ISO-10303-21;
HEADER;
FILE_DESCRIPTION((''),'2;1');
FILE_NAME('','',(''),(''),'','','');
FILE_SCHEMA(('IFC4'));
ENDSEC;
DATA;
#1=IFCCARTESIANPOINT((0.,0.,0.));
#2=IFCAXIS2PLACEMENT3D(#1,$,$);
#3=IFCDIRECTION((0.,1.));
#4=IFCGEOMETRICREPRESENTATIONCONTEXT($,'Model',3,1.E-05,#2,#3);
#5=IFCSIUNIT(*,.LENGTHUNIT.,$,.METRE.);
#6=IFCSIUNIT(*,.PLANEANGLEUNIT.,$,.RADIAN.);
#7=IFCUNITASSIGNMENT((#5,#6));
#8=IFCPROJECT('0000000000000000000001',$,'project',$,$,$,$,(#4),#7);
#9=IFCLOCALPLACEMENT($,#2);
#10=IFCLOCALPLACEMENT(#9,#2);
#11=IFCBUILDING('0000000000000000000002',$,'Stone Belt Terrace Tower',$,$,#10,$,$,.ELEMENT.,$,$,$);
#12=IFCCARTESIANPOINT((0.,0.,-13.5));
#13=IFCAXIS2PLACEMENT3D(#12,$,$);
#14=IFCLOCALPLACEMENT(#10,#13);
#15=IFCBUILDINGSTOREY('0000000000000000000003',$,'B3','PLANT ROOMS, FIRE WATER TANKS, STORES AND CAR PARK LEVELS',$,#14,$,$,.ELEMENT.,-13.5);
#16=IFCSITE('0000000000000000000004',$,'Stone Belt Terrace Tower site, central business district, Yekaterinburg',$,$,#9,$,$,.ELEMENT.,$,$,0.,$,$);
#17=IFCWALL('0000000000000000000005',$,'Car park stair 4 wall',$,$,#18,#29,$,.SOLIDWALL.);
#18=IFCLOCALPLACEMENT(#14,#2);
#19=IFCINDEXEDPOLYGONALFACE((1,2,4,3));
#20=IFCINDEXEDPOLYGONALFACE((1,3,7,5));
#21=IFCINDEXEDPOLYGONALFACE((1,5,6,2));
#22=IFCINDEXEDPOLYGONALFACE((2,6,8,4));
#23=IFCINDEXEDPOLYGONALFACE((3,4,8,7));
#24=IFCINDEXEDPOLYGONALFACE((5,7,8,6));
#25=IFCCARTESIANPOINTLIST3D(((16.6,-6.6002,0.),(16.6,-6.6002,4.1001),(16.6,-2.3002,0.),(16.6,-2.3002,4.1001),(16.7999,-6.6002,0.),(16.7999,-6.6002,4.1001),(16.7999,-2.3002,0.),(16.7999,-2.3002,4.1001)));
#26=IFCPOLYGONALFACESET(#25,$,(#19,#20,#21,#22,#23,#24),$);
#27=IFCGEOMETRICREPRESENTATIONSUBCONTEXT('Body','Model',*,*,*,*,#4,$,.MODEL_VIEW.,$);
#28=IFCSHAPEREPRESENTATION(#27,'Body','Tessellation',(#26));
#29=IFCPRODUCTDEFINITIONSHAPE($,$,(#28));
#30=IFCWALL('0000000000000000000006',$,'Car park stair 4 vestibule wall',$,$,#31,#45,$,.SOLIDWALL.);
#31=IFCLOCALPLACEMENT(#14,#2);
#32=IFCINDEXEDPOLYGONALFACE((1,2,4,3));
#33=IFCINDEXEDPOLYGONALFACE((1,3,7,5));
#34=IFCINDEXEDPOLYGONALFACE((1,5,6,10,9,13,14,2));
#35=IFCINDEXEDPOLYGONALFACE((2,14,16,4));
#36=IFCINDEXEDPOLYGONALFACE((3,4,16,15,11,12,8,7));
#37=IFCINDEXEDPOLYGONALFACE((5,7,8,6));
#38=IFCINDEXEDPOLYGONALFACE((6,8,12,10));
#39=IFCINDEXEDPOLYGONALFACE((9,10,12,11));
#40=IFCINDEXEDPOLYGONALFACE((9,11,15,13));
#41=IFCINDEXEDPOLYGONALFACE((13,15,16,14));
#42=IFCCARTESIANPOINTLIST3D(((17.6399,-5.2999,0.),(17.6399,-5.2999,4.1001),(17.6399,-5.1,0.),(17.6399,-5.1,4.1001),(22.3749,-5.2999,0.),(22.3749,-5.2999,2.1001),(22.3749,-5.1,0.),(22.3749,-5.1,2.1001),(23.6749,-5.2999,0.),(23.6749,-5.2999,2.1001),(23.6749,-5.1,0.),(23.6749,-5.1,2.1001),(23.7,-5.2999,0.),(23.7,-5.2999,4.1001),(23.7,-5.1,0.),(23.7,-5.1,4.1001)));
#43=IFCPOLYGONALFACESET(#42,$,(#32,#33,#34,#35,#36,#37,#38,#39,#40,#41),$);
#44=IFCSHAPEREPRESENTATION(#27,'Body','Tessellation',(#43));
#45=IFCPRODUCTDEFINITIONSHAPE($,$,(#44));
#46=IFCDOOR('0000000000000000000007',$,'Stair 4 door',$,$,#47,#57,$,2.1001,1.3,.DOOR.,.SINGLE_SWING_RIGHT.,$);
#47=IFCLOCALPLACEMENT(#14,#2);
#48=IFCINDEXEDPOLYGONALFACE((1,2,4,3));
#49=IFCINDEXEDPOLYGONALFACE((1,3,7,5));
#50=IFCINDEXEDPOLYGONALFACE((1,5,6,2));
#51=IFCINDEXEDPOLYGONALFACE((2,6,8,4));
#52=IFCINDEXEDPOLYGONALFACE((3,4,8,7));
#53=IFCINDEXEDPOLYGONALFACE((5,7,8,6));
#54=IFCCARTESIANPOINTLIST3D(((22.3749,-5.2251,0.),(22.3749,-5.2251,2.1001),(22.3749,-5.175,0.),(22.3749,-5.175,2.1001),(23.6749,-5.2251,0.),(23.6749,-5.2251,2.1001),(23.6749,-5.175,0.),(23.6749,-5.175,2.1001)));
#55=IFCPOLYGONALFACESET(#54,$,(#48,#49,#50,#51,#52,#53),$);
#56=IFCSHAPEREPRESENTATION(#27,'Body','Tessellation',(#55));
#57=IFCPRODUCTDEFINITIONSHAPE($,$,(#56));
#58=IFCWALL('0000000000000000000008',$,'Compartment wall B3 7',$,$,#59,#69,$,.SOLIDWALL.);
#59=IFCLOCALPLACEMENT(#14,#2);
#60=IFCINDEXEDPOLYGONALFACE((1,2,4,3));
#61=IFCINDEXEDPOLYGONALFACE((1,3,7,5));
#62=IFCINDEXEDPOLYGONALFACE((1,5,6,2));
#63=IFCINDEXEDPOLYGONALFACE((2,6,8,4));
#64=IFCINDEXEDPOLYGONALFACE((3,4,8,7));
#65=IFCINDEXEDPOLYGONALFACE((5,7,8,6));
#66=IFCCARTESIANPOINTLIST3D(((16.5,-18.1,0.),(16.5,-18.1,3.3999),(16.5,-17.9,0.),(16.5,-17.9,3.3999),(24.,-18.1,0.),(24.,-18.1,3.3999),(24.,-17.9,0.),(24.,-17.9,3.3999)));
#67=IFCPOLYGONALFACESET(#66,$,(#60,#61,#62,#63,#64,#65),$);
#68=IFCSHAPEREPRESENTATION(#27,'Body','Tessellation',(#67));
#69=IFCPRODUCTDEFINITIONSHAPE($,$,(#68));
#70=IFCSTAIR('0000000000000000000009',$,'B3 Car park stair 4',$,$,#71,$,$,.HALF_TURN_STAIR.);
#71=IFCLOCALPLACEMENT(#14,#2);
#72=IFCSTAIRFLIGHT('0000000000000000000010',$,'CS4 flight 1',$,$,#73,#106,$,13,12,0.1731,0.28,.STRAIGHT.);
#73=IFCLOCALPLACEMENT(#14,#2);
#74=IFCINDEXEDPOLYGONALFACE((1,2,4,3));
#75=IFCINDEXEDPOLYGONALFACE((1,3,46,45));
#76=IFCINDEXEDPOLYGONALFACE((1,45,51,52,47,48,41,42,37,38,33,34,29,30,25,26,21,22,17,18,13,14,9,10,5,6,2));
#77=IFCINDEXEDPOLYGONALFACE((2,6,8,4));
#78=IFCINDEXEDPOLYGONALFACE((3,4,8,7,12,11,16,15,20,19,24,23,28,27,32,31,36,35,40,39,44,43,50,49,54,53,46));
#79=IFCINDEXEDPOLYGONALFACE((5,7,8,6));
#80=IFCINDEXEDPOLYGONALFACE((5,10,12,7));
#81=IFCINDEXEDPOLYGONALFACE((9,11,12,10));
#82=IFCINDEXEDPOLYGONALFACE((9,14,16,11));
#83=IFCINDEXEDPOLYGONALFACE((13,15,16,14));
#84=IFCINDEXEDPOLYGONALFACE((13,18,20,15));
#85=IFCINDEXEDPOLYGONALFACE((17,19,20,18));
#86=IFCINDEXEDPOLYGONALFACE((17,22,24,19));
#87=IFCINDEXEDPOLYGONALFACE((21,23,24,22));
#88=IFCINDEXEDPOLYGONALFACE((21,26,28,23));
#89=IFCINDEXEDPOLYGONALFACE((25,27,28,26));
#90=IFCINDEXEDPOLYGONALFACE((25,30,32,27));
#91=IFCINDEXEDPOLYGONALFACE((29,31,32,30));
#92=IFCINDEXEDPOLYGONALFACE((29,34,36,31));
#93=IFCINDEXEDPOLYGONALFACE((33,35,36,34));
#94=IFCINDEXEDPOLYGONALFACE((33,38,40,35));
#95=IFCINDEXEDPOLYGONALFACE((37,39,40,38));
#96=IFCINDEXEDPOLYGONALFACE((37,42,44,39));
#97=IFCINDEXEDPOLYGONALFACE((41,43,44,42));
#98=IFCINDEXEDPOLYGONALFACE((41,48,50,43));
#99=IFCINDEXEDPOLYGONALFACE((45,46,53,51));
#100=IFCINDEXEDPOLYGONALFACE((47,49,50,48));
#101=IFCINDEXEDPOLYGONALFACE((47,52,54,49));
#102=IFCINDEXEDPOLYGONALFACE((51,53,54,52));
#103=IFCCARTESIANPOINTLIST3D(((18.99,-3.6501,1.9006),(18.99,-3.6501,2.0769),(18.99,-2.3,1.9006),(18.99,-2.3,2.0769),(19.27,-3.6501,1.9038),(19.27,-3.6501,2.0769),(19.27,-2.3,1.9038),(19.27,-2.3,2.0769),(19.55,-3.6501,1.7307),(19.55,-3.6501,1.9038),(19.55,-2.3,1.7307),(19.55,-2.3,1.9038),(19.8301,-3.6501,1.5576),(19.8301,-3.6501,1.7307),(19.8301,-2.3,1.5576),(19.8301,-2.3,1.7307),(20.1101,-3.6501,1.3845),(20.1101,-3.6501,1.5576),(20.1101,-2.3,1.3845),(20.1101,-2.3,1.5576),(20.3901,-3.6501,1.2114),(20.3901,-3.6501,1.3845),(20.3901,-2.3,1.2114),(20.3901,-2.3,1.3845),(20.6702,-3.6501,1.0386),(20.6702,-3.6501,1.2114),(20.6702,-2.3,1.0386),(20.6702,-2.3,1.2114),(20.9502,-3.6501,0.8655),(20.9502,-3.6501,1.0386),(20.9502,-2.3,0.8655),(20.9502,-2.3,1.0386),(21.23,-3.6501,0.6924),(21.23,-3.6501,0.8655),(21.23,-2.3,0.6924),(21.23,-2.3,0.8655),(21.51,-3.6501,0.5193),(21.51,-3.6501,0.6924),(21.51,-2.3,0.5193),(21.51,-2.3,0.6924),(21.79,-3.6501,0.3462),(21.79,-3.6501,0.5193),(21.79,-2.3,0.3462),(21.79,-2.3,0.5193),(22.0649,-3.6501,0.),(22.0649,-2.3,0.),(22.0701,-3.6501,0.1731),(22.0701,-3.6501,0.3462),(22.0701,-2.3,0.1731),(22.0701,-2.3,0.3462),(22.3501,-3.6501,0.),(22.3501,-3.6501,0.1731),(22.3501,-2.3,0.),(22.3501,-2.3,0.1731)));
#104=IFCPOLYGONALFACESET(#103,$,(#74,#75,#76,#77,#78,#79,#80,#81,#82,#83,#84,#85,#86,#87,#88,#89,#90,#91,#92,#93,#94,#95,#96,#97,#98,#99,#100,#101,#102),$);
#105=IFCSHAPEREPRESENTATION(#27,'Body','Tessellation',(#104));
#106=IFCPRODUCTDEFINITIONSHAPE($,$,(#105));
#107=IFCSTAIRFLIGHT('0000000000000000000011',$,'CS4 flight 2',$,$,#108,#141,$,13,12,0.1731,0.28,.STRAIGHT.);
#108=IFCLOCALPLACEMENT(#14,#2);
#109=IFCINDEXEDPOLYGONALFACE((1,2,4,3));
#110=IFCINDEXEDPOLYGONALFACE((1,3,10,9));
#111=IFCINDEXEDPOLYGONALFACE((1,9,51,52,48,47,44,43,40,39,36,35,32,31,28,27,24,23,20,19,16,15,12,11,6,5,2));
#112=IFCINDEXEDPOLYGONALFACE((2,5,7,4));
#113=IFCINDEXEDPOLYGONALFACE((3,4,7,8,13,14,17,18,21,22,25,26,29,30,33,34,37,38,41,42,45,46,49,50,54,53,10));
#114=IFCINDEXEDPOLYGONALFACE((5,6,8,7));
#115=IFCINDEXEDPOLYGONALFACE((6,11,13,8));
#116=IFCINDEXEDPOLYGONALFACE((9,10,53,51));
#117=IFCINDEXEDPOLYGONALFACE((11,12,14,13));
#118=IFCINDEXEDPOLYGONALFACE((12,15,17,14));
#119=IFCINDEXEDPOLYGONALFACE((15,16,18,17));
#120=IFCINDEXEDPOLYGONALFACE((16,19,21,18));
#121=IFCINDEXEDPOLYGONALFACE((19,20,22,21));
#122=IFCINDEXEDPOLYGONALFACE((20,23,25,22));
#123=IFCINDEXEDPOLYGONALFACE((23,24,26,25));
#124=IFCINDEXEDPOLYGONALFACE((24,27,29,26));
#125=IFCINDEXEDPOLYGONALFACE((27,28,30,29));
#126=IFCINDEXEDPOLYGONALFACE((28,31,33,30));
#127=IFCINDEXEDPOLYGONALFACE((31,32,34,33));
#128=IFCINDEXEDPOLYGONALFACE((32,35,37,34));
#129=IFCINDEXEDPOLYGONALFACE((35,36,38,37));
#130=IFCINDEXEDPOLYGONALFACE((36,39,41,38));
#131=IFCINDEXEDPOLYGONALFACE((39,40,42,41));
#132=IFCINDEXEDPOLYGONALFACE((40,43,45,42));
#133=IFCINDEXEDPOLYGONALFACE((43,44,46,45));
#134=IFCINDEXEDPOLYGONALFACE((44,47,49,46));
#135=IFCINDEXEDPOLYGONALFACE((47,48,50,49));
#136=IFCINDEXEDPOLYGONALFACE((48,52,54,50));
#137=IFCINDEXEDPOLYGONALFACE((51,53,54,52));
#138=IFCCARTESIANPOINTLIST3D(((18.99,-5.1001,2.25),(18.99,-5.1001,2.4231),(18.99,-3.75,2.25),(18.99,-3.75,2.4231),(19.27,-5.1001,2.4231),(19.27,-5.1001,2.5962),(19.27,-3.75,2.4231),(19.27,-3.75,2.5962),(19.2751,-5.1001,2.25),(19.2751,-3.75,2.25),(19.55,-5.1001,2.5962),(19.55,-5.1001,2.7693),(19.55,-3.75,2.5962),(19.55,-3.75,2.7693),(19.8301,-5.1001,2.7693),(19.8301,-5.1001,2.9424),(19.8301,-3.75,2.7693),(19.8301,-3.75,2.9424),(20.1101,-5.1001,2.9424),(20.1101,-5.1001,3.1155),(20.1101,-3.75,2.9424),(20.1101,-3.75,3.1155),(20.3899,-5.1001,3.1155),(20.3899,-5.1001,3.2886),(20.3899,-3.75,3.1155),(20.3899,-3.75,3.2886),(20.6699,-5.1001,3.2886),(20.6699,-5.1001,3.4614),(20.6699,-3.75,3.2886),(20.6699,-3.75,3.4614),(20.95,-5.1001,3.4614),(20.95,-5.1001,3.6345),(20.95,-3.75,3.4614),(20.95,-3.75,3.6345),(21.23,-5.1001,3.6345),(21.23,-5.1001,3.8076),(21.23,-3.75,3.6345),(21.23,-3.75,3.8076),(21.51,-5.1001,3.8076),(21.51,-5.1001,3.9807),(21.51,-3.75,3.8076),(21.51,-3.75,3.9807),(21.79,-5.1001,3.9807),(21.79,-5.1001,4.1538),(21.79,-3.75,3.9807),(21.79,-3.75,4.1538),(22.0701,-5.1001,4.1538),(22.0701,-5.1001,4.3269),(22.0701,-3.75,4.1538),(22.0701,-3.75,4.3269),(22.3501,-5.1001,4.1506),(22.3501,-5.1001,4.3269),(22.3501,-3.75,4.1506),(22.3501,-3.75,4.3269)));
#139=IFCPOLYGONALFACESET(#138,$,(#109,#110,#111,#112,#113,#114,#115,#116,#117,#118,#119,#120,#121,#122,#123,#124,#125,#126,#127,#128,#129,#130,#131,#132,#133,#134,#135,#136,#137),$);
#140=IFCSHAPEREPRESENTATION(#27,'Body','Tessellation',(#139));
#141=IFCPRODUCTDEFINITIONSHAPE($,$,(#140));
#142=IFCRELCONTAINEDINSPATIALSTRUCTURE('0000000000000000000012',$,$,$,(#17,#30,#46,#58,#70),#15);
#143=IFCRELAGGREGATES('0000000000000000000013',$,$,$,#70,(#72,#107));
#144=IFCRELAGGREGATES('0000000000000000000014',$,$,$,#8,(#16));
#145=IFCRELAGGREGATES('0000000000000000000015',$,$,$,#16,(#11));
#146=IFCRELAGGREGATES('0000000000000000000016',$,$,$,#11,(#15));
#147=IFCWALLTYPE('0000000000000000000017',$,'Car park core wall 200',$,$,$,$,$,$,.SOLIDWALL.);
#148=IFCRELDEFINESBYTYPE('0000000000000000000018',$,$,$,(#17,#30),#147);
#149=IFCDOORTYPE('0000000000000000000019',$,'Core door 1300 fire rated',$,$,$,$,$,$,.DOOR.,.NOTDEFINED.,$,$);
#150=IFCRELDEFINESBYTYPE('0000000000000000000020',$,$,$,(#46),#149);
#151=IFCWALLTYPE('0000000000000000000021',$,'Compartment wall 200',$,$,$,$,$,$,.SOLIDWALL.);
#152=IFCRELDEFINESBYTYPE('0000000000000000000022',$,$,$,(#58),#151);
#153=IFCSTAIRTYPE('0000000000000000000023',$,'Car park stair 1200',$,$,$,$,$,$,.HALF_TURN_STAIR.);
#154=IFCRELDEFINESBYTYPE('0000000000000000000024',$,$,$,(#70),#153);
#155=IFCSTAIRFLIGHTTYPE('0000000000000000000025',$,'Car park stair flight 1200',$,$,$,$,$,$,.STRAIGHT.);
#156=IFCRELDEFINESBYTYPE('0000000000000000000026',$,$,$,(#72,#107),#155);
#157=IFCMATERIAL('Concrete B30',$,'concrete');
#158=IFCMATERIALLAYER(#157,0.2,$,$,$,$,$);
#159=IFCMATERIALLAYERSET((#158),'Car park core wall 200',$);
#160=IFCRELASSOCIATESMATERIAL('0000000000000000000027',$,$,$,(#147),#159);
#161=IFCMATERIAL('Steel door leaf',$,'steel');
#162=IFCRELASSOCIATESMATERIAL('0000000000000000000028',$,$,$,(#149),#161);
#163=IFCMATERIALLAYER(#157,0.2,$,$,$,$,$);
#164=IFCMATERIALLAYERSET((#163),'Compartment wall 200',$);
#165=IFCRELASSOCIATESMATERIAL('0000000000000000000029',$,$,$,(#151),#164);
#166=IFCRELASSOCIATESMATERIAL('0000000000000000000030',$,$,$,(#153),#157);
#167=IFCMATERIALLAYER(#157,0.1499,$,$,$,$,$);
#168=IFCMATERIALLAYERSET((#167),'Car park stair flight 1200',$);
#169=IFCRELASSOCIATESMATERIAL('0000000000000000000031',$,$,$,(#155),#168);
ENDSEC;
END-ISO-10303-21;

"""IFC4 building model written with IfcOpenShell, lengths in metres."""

from ifc_helpers import new_model, si_unit, direction, frame, frame_2d, origin, place, context, subcontext, project, spatial, polyline, rectangle, outline, extrude, material, layer, layer_set, type_object, element, fill, aggregate, save


model = new_model("IFC4")

# Units and contexts
model_context = context("Model", 3, precision=1e-05, world=origin(), true_north=direction((0.0, 1.0)))
body_context = subcontext(model_context, "Body", "Model", "MODEL_VIEW")
ifc_project = project(units=[si_unit("LENGTHUNIT", "METRE"), si_unit("PLANEANGLEUNIT", "RADIAN")], contexts=[model_context])

# Site, building, storey
site_placement = place(None, origin())
site = spatial("IfcSite", under=ifc_project, at=site_placement, Name="Stone Belt Terrace Tower site, central business district, Yekaterinburg", CompositionType="ELEMENT", RefElevation=0.0)
building_placement = place(site_placement, origin())
building = spatial("IfcBuilding", under=site, at=building_placement, Name="Stone Belt Terrace Tower", CompositionType="ELEMENT")
storey_placement = place(building_placement, frame((0.0, 0.0, -13.5)))
storey = spatial("IfcBuildingStorey", under=building, at=storey_placement, Name="B3", Description="PLANT ROOMS, FIRE WATER TANKS, STORES AND CAR PARK LEVELS", CompositionType="ELEMENT", Elevation=-13.5)

# Shared definitions
ifc_material_1 = material(Name="Concrete B30", Category="concrete")
ifc_layer_1 = layer(ifc_material_1, 0.2)
ifc_layer_set_1 = layer_set([ifc_layer_1], Name="Car park core wall 200")
wall_type_1 = type_object("IfcWallType", Name="Car park core wall 200", PredefinedType="SOLIDWALL", material=ifc_layer_set_1)
ifc_material_2 = material(Name="Steel door leaf", Category="steel")

# Wall
wall_1_placement = place(storey_placement, frame((16.7, -6.6001, 0.0), z_axis=(0.0, 0.0, 1.0), x_axis=(0.0, 1.0, 0.0)))
element("IfcWall", 1, at=wall_1_placement, inside=storey, type_object=wall_type_1, Name="Car park stair 4 wall", PredefinedType="SOLIDWALL", context=body_context, shape_type="SweptSolid", body=[
    extrude(rectangle(XDim=4.3, YDim=0.2, at=frame_2d((2.1499, 0.0))), origin(), (0.0, 0.0, 1.0), 4.1001),
])

# Wall, opening, door
wall_2_placement = place(storey_placement, frame((17.6399, -5.2, 0.0), z_axis=(0.0, 0.0, 1.0), x_axis=(1.0, 0.0, 0.0)))
wall_2 = element("IfcWall", 2, at=wall_2_placement, inside=storey, type_object=wall_type_1, Name="Car park stair 4 vestibule wall", PredefinedType="SOLIDWALL", context=body_context, shape_type="SweptSolid", body=[
    extrude(rectangle(XDim=6.0601, YDim=0.2, at=frame_2d((3.03, 0.0))), origin(), (0.0, 0.0, 1.0), 4.1001),
])
opening_1_placement = place(wall_2_placement, frame((4.7351, 0.0, 0.0)))
opening_1 = element("IfcOpeningElement", 3, at=opening_1_placement, cuts=wall_2, PredefinedType="OPENING", context=body_context, shape_type="SweptSolid", body=[
    extrude(rectangle(XDim=1.3, YDim=2.1001, at=frame_2d((0.6499, 1.05))), frame((0.0, 0.1099, 0.0), z_axis=(0.0, -1.0, 0.0), x_axis=(1.0, 0.0, 0.0)), (0.0, 0.0, 1.0), 0.22),
])
door_type_1 = type_object("IfcDoorType", Name="Core door 1300 fire rated", OperationType="NOTDEFINED", PredefinedType="DOOR", material=ifc_material_2)
door_1_placement = place(opening_1_placement, origin())
door_1 = element("IfcDoor", 4, at=door_1_placement, inside=storey, type_object=door_type_1, Name="Stair 4 door", OperationType="SINGLE_SWING_RIGHT", OverallHeight=2.1001, OverallWidth=1.3, PredefinedType="DOOR", context=body_context, shape_type="SweptSolid", body=[
    extrude(rectangle(XDim=1.3, YDim=2.1001, at=frame_2d((0.6499, 1.05))), frame((0.0, 0.0249, 0.0), z_axis=(0.0, -1.0, 0.0), x_axis=(1.0, 0.0, 0.0)), (0.0, 0.0, 1.0), 0.05),
])
fill(opening_1, door_1)

# Wall
ifc_layer_2 = layer(ifc_material_1, 0.2)
ifc_layer_set_2 = layer_set([ifc_layer_2], Name="Compartment wall 200")
wall_type_2 = type_object("IfcWallType", Name="Compartment wall 200", PredefinedType="SOLIDWALL", material=ifc_layer_set_2)
wall_3_placement = place(storey_placement, frame((16.5, -18.0, 0.0), z_axis=(0.0, 0.0, 1.0), x_axis=(1.0, 0.0, 0.0)))
element("IfcWall", 5, at=wall_3_placement, inside=storey, type_object=wall_type_2, Name="Compartment wall B3 7", PredefinedType="SOLIDWALL", context=body_context, shape_type="SweptSolid", body=[
    extrude(rectangle(XDim=7.5, YDim=0.2, at=frame_2d((3.75, 0.0))), origin(), (0.0, 0.0, 1.0), 3.3999),
])

# Stair, stair flights
stair_type = type_object("IfcStairType", Name="Car park stair 1200", PredefinedType="HALF_TURN_STAIR", material=ifc_material_1)
stair_placement = place(storey_placement, origin())
stair = element("IfcStair", 6, at=stair_placement, inside=storey, type_object=stair_type, Name="B3 Car park stair 4", PredefinedType="HALF_TURN_STAIR")
ifc_layer_3 = layer(ifc_material_1, 0.1499)
ifc_layer_set_3 = layer_set([ifc_layer_3], Name="Car park stair flight 1200")
stair_flight_type = type_object("IfcStairFlightType", Name="Car park stair flight 1200", PredefinedType="STRAIGHT", material=ifc_layer_set_3)
stair_flight_1_placement = place(storey_placement, frame((22.3501, -2.9751, 0.0), z_axis=(0.0, 0.0, 1.0), x_axis=(-1.0, 0.0, 0.0)))
stair_flight_1 = element("IfcStairFlight", 7, at=stair_flight_1_placement, type_object=stair_flight_type, Name="CS4 flight 1", NumberOfRisers=13, NumberOfTreads=12, PredefinedType="STRAIGHT", RiserHeight=0.1731, TreadLength=0.28, context=body_context, shape_type="SweptSolid", body=[
    extrude(outline(polyline([(0.0, 0.0), (0.0, 0.1731), (0.28, 0.1731), (0.28, 0.3462), (0.5601, 0.3462), (0.5601, 0.5193), (0.8401, 0.5193), (0.8401, 0.6924), (1.1201, 0.6924), (1.1201, 0.8655), (1.3999, 0.8655), (1.3999, 1.0386), (1.6799, 1.0386), (1.6799, 1.2114), (1.96, 1.2114), (1.96, 1.3845), (2.24, 1.3845), (2.24, 1.5576), (2.52, 1.5576), (2.52, 1.7307), (2.8, 1.7307), (2.8, 1.9038), (3.0801, 1.9038), (3.0801, 2.0769), (3.3601, 2.0769), (3.3601, 2.25), (3.3601, 1.9006), (0.2852, 0.0), (0.0, 0.0)])), frame((0.0, 0.675, 0.0), z_axis=(0.0, -1.0, 0.0), x_axis=(1.0, 0.0, 0.0)), (0.0, 0.0, 1.0), 1.3501),
])
stair_flight_2_placement = place(storey_placement, frame((18.99, -4.425, 2.25), z_axis=(0.0, 0.0, 1.0), x_axis=(1.0, 0.0, 0.0)))
stair_flight_2 = element("IfcStairFlight", 8, at=stair_flight_2_placement, type_object=stair_flight_type, Name="CS4 flight 2", NumberOfRisers=13, NumberOfTreads=12, PredefinedType="STRAIGHT", RiserHeight=0.1731, TreadLength=0.28, context=body_context, shape_type="SweptSolid", body=[
    extrude(outline(polyline([(0.0, 0.0), (0.0, 0.1731), (0.28, 0.1731), (0.28, 0.3462), (0.5601, 0.3462), (0.5601, 0.5193), (0.8401, 0.5193), (0.8401, 0.6924), (1.1201, 0.6924), (1.1201, 0.8655), (1.3999, 0.8655), (1.3999, 1.0386), (1.6799, 1.0386), (1.6799, 1.2114), (1.96, 1.2114), (1.96, 1.3845), (2.24, 1.3845), (2.24, 1.5576), (2.52, 1.5576), (2.52, 1.7307), (2.8, 1.7307), (2.8, 1.9038), (3.0801, 1.9038), (3.0801, 2.0769), (3.3601, 2.0769), (3.3601, 2.25), (3.3601, 1.9006), (0.2852, 0.0), (0.0, 0.0)])), frame((0.0, 0.675, 0.0), z_axis=(0.0, -1.0, 0.0), x_axis=(1.0, 0.0, 0.0)), (0.0, 0.0, 1.0), 1.3501),
])
aggregate(stair, [stair_flight_1, stair_flight_2])

save(model, "model.ifc")
